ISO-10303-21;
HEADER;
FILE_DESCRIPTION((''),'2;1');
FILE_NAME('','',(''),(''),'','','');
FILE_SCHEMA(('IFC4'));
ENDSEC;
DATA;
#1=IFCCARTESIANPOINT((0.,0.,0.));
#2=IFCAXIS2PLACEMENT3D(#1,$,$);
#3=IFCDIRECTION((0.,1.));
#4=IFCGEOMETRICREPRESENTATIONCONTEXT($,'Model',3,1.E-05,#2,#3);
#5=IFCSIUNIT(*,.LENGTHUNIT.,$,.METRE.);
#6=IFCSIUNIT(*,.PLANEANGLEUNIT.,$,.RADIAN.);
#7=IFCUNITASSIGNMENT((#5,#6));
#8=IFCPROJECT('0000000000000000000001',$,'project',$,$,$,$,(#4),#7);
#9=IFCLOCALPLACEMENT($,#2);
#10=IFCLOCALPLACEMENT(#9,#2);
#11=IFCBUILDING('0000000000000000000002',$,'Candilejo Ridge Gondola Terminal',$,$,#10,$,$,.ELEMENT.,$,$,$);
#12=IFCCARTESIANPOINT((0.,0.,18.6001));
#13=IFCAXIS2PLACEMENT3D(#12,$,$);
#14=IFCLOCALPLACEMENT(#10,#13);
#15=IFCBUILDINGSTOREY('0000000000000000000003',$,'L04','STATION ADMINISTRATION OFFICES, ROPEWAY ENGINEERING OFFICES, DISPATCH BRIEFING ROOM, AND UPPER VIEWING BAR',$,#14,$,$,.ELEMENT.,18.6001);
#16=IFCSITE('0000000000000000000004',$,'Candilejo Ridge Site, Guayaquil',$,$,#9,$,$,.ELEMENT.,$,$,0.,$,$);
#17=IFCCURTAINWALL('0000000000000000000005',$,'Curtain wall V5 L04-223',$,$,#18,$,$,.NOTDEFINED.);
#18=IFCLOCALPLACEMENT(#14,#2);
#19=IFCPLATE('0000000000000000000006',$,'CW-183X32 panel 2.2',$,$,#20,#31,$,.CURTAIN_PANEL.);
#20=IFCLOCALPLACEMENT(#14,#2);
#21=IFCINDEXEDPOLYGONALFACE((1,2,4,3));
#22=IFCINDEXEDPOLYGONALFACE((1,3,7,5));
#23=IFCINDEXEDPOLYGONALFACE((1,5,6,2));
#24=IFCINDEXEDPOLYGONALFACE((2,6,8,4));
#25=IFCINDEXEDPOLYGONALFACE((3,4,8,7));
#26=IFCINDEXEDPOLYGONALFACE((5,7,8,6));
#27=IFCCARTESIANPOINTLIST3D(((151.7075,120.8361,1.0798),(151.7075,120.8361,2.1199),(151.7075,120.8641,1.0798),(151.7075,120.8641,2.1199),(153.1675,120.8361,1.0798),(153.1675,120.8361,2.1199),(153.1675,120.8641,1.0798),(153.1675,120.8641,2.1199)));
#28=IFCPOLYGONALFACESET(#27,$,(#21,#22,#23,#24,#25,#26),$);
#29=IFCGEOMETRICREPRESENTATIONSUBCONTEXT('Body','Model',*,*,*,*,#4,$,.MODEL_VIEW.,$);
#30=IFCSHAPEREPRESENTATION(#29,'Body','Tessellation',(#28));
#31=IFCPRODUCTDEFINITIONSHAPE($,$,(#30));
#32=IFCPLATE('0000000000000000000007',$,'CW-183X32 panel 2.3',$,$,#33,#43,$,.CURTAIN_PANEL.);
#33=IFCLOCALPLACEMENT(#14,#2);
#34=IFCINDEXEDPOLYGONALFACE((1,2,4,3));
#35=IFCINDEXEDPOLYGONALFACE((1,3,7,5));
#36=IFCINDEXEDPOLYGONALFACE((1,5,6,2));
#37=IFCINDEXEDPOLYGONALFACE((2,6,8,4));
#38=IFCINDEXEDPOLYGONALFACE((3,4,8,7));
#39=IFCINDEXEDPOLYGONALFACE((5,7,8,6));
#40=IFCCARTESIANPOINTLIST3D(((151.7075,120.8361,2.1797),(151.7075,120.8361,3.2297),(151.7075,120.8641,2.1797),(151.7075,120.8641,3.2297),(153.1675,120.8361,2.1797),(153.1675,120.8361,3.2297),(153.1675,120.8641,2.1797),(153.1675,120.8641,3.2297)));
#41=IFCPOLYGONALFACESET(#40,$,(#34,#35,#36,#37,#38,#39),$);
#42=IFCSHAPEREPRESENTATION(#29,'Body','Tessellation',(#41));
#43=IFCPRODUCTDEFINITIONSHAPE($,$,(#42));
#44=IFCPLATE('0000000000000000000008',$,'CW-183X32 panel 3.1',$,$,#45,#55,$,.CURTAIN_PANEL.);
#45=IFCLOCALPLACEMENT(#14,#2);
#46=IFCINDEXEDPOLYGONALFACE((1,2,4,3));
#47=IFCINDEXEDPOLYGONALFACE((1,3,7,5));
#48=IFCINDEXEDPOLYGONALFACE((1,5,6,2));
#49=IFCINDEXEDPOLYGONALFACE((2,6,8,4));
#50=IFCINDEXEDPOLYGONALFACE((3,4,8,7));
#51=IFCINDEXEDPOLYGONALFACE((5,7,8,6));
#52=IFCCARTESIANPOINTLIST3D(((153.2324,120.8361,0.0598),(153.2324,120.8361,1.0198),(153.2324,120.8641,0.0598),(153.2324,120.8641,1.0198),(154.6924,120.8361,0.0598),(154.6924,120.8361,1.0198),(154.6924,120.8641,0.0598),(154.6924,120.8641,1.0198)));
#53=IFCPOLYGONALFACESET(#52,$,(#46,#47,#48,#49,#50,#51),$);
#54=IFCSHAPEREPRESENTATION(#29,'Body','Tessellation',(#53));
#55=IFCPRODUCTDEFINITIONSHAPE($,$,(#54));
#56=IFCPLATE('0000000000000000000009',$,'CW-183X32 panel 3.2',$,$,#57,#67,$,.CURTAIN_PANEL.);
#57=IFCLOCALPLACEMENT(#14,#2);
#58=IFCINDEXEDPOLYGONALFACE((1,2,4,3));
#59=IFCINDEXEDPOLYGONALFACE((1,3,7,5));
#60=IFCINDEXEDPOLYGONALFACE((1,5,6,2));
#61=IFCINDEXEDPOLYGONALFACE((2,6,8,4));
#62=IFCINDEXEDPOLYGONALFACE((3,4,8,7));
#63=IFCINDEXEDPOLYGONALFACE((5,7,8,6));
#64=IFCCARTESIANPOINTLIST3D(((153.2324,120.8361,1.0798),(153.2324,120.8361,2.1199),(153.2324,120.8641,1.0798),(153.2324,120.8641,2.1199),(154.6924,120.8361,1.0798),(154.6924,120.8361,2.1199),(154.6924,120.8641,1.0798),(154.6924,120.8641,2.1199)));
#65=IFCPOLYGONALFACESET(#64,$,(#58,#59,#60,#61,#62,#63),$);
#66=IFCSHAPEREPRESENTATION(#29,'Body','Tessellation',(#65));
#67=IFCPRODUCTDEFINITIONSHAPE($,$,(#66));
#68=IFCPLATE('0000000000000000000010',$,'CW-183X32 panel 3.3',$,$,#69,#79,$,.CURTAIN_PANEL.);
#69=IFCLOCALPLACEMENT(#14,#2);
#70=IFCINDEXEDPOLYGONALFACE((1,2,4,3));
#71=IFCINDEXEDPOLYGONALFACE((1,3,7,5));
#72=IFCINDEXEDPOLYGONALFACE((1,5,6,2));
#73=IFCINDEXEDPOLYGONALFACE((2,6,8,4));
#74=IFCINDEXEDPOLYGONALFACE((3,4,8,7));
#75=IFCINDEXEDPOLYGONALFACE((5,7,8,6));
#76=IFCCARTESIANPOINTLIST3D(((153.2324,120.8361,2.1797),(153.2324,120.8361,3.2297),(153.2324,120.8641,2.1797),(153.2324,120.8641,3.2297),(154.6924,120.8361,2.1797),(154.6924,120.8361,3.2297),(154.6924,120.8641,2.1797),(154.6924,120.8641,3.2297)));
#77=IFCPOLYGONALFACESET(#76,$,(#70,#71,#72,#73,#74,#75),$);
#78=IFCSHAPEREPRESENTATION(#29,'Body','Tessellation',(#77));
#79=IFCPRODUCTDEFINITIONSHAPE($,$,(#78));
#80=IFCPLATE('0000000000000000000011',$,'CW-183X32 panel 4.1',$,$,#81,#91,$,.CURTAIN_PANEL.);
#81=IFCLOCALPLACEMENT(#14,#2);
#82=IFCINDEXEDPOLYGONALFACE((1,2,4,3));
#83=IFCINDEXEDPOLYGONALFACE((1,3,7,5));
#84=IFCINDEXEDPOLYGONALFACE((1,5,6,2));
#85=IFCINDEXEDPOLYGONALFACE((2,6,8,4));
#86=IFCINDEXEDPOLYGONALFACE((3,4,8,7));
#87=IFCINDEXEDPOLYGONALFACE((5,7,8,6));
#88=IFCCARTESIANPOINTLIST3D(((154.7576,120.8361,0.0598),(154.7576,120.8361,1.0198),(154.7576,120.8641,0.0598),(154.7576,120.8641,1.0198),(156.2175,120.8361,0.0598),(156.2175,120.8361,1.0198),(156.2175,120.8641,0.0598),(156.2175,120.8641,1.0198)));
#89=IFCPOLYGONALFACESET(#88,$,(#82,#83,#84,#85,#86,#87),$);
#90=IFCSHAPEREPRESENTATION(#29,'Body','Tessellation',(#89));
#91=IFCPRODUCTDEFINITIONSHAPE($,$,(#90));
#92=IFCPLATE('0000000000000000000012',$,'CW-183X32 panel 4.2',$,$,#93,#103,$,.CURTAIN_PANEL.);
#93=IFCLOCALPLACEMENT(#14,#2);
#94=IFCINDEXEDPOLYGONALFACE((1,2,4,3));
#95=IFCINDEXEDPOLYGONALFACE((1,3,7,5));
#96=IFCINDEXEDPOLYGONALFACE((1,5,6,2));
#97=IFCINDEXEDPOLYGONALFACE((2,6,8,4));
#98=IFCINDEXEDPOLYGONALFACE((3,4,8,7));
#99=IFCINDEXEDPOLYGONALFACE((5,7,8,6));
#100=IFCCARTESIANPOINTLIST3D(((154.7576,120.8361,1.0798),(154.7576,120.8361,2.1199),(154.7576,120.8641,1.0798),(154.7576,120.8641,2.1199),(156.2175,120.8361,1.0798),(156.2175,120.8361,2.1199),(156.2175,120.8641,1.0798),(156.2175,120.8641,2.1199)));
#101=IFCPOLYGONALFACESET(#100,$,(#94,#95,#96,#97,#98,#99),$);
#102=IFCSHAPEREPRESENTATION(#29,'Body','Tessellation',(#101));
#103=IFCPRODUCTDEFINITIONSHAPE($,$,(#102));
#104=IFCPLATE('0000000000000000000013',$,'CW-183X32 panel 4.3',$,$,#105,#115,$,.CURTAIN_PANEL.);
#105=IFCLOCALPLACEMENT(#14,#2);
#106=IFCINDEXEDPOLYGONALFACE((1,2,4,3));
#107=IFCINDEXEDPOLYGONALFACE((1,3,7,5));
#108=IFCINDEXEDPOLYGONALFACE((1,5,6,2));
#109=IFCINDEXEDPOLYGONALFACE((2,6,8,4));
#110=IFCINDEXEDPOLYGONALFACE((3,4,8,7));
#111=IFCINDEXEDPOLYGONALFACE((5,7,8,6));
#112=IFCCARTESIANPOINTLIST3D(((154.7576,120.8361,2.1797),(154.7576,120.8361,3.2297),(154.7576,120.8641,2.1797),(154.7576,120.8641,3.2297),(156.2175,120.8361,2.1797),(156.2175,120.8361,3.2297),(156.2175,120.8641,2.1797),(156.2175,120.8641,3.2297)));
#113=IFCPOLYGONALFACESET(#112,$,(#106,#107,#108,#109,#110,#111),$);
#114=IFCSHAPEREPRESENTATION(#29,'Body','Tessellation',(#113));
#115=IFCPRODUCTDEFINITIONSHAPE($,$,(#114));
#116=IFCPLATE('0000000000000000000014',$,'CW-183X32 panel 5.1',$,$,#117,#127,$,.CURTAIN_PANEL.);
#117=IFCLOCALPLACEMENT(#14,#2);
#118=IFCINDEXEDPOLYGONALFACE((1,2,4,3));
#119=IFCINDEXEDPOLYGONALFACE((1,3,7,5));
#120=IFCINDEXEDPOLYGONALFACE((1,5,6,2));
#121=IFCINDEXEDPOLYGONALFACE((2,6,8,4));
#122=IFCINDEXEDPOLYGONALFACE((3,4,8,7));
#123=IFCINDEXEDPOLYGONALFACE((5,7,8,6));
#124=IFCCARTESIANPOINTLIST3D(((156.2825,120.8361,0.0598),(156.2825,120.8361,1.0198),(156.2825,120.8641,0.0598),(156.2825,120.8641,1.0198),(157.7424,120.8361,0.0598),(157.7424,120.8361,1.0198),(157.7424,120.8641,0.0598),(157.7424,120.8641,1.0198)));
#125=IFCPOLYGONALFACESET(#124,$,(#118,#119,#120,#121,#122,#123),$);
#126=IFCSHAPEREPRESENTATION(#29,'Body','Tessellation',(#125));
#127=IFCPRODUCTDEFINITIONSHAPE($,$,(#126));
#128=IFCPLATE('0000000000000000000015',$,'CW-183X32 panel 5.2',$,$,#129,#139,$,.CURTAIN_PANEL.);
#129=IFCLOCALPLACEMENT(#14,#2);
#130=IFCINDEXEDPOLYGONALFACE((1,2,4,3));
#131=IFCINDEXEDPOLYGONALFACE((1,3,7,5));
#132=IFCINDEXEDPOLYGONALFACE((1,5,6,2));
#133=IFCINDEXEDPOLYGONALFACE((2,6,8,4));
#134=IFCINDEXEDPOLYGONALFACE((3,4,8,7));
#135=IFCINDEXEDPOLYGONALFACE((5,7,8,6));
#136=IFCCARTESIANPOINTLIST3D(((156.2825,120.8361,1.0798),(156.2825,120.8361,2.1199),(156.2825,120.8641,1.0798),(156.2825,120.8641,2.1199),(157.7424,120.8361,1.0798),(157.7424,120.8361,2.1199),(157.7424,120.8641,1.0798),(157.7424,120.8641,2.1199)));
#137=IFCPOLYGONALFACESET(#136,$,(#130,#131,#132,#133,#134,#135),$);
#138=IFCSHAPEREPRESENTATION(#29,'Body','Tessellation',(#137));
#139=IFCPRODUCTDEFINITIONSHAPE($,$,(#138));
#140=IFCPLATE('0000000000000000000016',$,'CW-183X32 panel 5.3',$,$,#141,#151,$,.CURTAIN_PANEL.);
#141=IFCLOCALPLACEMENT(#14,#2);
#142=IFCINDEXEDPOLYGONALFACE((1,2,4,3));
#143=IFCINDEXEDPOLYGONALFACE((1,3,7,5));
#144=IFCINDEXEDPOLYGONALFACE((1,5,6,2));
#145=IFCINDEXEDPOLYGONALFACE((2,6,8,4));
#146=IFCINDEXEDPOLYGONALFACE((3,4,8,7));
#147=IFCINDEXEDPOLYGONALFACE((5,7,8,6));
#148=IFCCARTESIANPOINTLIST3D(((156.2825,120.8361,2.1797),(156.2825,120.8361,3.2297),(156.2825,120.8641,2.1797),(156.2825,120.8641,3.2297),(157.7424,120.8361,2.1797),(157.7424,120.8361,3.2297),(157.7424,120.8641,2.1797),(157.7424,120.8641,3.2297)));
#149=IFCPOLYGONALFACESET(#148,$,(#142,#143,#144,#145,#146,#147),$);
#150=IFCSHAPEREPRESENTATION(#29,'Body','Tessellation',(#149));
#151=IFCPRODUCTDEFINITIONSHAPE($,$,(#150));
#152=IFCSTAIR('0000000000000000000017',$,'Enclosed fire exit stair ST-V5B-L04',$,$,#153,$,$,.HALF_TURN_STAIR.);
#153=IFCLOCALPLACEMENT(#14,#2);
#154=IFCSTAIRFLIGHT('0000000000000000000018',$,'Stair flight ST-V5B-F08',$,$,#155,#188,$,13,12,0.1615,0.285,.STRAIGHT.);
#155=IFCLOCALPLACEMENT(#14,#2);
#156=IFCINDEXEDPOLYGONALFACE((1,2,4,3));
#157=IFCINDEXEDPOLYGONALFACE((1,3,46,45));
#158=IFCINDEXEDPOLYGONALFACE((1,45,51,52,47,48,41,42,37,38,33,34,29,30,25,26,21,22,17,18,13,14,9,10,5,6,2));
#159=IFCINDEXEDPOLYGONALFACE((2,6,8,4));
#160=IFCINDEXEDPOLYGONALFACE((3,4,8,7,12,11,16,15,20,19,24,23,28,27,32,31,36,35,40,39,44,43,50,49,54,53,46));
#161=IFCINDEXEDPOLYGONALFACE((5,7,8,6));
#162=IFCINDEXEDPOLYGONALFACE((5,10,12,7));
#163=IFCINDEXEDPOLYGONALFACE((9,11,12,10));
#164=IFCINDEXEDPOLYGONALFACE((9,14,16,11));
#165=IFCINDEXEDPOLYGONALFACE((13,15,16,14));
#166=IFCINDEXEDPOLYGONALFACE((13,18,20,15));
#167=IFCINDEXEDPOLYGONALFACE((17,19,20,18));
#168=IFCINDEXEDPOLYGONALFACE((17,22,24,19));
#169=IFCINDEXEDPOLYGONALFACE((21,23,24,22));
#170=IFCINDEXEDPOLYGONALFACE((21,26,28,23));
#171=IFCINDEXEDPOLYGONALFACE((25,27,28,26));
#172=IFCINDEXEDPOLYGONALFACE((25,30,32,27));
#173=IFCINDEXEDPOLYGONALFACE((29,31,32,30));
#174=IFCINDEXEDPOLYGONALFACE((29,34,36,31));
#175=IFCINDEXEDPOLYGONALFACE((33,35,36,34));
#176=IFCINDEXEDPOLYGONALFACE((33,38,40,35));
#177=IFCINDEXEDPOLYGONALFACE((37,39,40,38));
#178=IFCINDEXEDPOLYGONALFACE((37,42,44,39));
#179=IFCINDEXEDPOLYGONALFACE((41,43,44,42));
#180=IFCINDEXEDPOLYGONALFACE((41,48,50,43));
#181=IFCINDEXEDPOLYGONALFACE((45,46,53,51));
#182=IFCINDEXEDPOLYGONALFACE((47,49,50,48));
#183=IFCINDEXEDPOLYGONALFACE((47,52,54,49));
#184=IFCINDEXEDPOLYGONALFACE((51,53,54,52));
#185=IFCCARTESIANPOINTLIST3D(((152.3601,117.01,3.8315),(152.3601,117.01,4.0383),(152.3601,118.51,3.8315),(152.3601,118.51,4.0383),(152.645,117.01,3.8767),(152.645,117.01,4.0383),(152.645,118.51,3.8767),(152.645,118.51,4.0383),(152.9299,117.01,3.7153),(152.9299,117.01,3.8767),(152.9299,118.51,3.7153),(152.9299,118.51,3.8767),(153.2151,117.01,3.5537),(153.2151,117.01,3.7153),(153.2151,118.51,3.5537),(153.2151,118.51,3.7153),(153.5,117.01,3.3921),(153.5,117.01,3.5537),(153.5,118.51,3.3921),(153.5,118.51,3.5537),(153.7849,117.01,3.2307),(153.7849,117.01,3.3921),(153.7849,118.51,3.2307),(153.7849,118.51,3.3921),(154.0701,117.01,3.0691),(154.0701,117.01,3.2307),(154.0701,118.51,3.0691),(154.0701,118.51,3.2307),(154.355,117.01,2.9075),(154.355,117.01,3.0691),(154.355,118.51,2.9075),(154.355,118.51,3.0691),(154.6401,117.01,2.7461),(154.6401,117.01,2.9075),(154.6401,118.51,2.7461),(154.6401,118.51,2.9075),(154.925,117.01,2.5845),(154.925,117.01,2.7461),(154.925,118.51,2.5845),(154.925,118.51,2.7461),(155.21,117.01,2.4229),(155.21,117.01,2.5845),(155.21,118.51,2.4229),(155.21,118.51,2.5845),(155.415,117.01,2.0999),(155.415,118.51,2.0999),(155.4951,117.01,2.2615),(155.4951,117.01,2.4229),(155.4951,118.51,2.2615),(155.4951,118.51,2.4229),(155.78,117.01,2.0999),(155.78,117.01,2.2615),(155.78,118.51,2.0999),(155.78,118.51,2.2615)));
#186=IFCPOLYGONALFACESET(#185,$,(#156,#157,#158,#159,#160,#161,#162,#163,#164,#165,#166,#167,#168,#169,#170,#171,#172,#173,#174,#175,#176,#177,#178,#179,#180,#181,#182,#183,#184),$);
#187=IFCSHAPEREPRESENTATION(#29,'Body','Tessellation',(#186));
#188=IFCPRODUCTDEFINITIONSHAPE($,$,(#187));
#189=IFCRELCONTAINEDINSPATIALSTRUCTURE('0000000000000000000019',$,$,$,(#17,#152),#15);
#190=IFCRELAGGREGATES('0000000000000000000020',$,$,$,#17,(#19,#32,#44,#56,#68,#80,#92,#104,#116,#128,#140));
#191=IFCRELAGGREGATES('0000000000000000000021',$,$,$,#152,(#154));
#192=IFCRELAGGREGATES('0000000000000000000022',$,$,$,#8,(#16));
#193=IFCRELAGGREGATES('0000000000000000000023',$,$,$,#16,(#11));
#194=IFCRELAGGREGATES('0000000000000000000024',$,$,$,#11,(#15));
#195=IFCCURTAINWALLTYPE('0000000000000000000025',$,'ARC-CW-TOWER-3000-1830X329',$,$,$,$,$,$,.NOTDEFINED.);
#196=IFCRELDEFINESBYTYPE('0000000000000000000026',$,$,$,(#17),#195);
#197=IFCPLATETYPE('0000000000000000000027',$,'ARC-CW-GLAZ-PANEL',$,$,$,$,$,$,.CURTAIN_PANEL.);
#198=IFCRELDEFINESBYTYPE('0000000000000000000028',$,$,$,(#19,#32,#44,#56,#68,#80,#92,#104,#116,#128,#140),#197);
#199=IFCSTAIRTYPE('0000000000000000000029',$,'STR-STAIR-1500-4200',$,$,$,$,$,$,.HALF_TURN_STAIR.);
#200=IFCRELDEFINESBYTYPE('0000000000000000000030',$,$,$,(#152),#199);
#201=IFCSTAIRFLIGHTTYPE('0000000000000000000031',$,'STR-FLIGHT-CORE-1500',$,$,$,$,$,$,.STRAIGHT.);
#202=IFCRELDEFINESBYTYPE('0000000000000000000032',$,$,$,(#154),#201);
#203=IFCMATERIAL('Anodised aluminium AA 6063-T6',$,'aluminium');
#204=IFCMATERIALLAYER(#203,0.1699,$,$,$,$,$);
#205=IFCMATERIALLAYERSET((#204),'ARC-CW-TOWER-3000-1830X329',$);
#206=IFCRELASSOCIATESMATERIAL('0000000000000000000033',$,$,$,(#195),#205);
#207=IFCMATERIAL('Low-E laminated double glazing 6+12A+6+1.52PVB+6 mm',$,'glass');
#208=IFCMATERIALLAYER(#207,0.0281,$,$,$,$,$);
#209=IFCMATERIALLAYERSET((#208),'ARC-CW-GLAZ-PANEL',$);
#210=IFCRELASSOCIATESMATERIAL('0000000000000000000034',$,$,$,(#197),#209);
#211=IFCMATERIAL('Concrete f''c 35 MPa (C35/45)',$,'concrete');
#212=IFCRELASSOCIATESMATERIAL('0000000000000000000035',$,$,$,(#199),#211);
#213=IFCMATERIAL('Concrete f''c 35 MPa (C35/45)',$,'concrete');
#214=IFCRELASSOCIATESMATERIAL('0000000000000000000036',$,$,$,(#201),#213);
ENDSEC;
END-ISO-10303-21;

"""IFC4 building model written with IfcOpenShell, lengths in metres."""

from ifc_helpers import new_model, si_unit, direction, frame, origin, origin_2d, place, context, subcontext, project, spatial, polyline, rectangle, outline, extrude, material, layer, layer_set, type_object, element, aggregate, save


model = new_model("IFC4")

# Units and contexts
model_context = context("Model", 3, precision=1e-05, world=origin(), true_north=direction((0.0, 1.0)))
body_context = subcontext(model_context, "Body", "Model", "MODEL_VIEW")
ifc_project = project(units=[si_unit("LENGTHUNIT", "METRE"), si_unit("PLANEANGLEUNIT", "RADIAN")], contexts=[model_context])

# Site, building, storey
site_placement = place(None, origin())
site = spatial("IfcSite", under=ifc_project, at=site_placement, Name="Candilejo Ridge Site, Guayaquil", CompositionType="ELEMENT", RefElevation=0.0)
building_placement = place(site_placement, origin())
building = spatial("IfcBuilding", under=site, at=building_placement, Name="Candilejo Ridge Gondola Terminal", CompositionType="ELEMENT")
storey_placement = place(building_placement, frame((0.0, 0.0, 18.6001)))
storey = spatial("IfcBuildingStorey", under=building, at=storey_placement, Name="L04", Description="STATION ADMINISTRATION OFFICES, ROPEWAY ENGINEERING OFFICES, DISPATCH BRIEFING ROOM, AND UPPER VIEWING BAR", CompositionType="ELEMENT", Elevation=18.6001)

# Curtain wall, plates
ifc_material_1 = material(Name="Anodised aluminium AA 6063-T6", Category="aluminium")
ifc_layer_1 = layer(ifc_material_1, 0.1699)
ifc_layer_set_1 = layer_set([ifc_layer_1], Name="ARC-CW-TOWER-3000-1830X329")
curtain_wall_type = type_object("IfcCurtainWallType", Name="ARC-CW-TOWER-3000-1830X329", PredefinedType="NOTDEFINED", material=ifc_layer_set_1)
curtain_wall_placement = place(storey_placement, origin())
curtain_wall = element("IfcCurtainWall", 1, at=curtain_wall_placement, inside=storey, type_object=curtain_wall_type, Name="Curtain wall V5 L04-223", PredefinedType="NOTDEFINED")
ifc_material_2 = material(Name="Low-E laminated double glazing 6+12A+6+1.52PVB+6 mm", Category="glass")
ifc_layer_2 = layer(ifc_material_2, 0.0281)
ifc_layer_set_2 = layer_set([ifc_layer_2], Name="ARC-CW-GLAZ-PANEL")
plate_type = type_object("IfcPlateType", Name="ARC-CW-GLAZ-PANEL", PredefinedType="CURTAIN_PANEL", material=ifc_layer_set_2)
plate_1_placement = place(storey_placement, frame((152.4375, 120.8501, 1.0798), z_axis=(0.0, 0.0, 1.0), x_axis=(1.0, 0.0, 0.0)))
plate_1 = element("IfcPlate", 2, at=plate_1_placement, type_object=plate_type, Name="CW-183X32 panel 2.2", PredefinedType="CURTAIN_PANEL", context=body_context, shape_type="SweptSolid", body=[
    extrude(rectangle(XDim=1.46, YDim=0.0281, at=origin_2d()), origin(), (0.0, 0.0, 1.0), 1.04),
])
plate_2_placement = place(storey_placement, frame((152.4375, 120.8501, 2.1797), z_axis=(0.0, 0.0, 1.0), x_axis=(1.0, 0.0, 0.0)))
plate_2 = element("IfcPlate", 3, at=plate_2_placement, type_object=plate_type, Name="CW-183X32 panel 2.3", PredefinedType="CURTAIN_PANEL", context=body_context, shape_type="SweptSolid", body=[
    extrude(rectangle(XDim=1.46, YDim=0.0281, at=origin_2d()), origin(), (0.0, 0.0, 1.0), 1.05),
])
plate_3_placement = place(storey_placement, frame((153.9624, 120.8501, 0.0598), z_axis=(0.0, 0.0, 1.0), x_axis=(1.0, 0.0, 0.0)))
plate_3 = element("IfcPlate", 4, at=plate_3_placement, type_object=plate_type, Name="CW-183X32 panel 3.1", PredefinedType="CURTAIN_PANEL", context=body_context, shape_type="SweptSolid", body=[
    extrude(rectangle(XDim=1.46, YDim=0.0281, at=origin_2d()), origin(), (0.0, 0.0, 1.0), 0.96),
])
plate_4_placement = place(storey_placement, frame((153.9624, 120.8501, 1.0798), z_axis=(0.0, 0.0, 1.0), x_axis=(1.0, 0.0, 0.0)))
plate_4 = element("IfcPlate", 5, at=plate_4_placement, type_object=plate_type, Name="CW-183X32 panel 3.2", PredefinedType="CURTAIN_PANEL", context=body_context, shape_type="SweptSolid", body=[
    extrude(rectangle(XDim=1.46, YDim=0.0281, at=origin_2d()), origin(), (0.0, 0.0, 1.0), 1.04),
])
plate_5_placement = place(storey_placement, frame((153.9624, 120.8501, 2.1797), z_axis=(0.0, 0.0, 1.0), x_axis=(1.0, 0.0, 0.0)))
plate_5 = element("IfcPlate", 6, at=plate_5_placement, type_object=plate_type, Name="CW-183X32 panel 3.3", PredefinedType="CURTAIN_PANEL", context=body_context, shape_type="SweptSolid", body=[
    extrude(rectangle(XDim=1.46, YDim=0.0281, at=origin_2d()), origin(), (0.0, 0.0, 1.0), 1.05),
])
plate_6_placement = place(storey_placement, frame((155.4875, 120.8501, 0.0598), z_axis=(0.0, 0.0, 1.0), x_axis=(1.0, 0.0, 0.0)))
plate_6 = element("IfcPlate", 7, at=plate_6_placement, type_object=plate_type, Name="CW-183X32 panel 4.1", PredefinedType="CURTAIN_PANEL", context=body_context, shape_type="SweptSolid", body=[
    extrude(rectangle(XDim=1.46, YDim=0.0281, at=origin_2d()), origin(), (0.0, 0.0, 1.0), 0.96),
])
plate_7_placement = place(storey_placement, frame((155.4875, 120.8501, 1.0798), z_axis=(0.0, 0.0, 1.0), x_axis=(1.0, 0.0, 0.0)))
plate_7 = element("IfcPlate", 8, at=plate_7_placement, type_object=plate_type, Name="CW-183X32 panel 4.2", PredefinedType="CURTAIN_PANEL", context=body_context, shape_type="SweptSolid", body=[
    extrude(rectangle(XDim=1.46, YDim=0.0281, at=origin_2d()), origin(), (0.0, 0.0, 1.0), 1.04),
])
plate_8_placement = place(storey_placement, frame((155.4875, 120.8501, 2.1797), z_axis=(0.0, 0.0, 1.0), x_axis=(1.0, 0.0, 0.0)))
plate_8 = element("IfcPlate", 9, at=plate_8_placement, type_object=plate_type, Name="CW-183X32 panel 4.3", PredefinedType="CURTAIN_PANEL", context=body_context, shape_type="SweptSolid", body=[
    extrude(rectangle(XDim=1.46, YDim=0.0281, at=origin_2d()), origin(), (0.0, 0.0, 1.0), 1.05),
])
plate_9_placement = place(storey_placement, frame((157.0125, 120.8501, 0.0598), z_axis=(0.0, 0.0, 1.0), x_axis=(1.0, 0.0, 0.0)))
plate_9 = element("IfcPlate", 10, at=plate_9_placement, type_object=plate_type, Name="CW-183X32 panel 5.1", PredefinedType="CURTAIN_PANEL", context=body_context, shape_type="SweptSolid", body=[
    extrude(rectangle(XDim=1.46, YDim=0.0281, at=origin_2d()), origin(), (0.0, 0.0, 1.0), 0.96),
])
plate_10_placement = place(storey_placement, frame((157.0125, 120.8501, 1.0798), z_axis=(0.0, 0.0, 1.0), x_axis=(1.0, 0.0, 0.0)))
plate_10 = element("IfcPlate", 11, at=plate_10_placement, type_object=plate_type, Name="CW-183X32 panel 5.2", PredefinedType="CURTAIN_PANEL", context=body_context, shape_type="SweptSolid", body=[
    extrude(rectangle(XDim=1.46, YDim=0.0281, at=origin_2d()), origin(), (0.0, 0.0, 1.0), 1.04),
])
plate_11_placement = place(storey_placement, frame((157.0125, 120.8501, 2.1797), z_axis=(0.0, 0.0, 1.0), x_axis=(1.0, 0.0, 0.0)))
plate_11 = element("IfcPlate", 12, at=plate_11_placement, type_object=plate_type, Name="CW-183X32 panel 5.3", PredefinedType="CURTAIN_PANEL", context=body_context, shape_type="SweptSolid", body=[
    extrude(rectangle(XDim=1.46, YDim=0.0281, at=origin_2d()), origin(), (0.0, 0.0, 1.0), 1.05),
])
aggregate(curtain_wall, [plate_1, plate_2, plate_3, plate_4, plate_5, plate_6, plate_7, plate_8, plate_9, plate_10, plate_11])

# Stair, stair flight
ifc_material_3 = material(Name="Concrete f'c 35 MPa (C35/45)", Category="concrete")
stair_type = type_object("IfcStairType", Name="STR-STAIR-1500-4200", PredefinedType="HALF_TURN_STAIR", material=ifc_material_3)
stair_placement = place(storey_placement, origin())
stair = element("IfcStair", 13, at=stair_placement, inside=storey, type_object=stair_type, Name="Enclosed fire exit stair ST-V5B-L04", PredefinedType="HALF_TURN_STAIR")
ifc_material_4 = material(Name="Concrete f'c 35 MPa (C35/45)", Category="concrete")
stair_flight_type = type_object("IfcStairFlightType", Name="STR-FLIGHT-CORE-1500", PredefinedType="STRAIGHT", material=ifc_material_4)
stair_flight_placement = place(storey_placement, frame((155.78, 117.76, 2.0999), z_axis=(0.0, 0.0, 1.0), x_axis=(-1.0, 0.0, 0.0)))
stair_flight = element("IfcStairFlight", 14, at=stair_flight_placement, type_object=stair_flight_type, Name="Stair flight ST-V5B-F08", NumberOfRisers=13, NumberOfTreads=12, PredefinedType="STRAIGHT", RiserHeight=0.1615, TreadLength=0.285, context=body_context, shape_type="SweptSolid", body=[
    extrude(outline(polyline([(0.0, 0.0), (0.0, 0.1616), (0.2849, 0.1616), (0.2849, 0.323), (0.5701, 0.323), (0.5701, 0.4846), (0.855, 0.4846), (0.855, 0.6462), (1.1399, 0.6462), (1.1399, 0.8076), (1.425, 0.8076), (1.425, 0.9692), (1.71, 0.9692), (1.71, 1.1309), (1.9951, 1.1309), (1.9951, 1.2922), (2.28, 1.2922), (2.28, 1.4539), (2.5649, 1.4539), (2.5649, 1.6155), (2.8501, 1.6155), (2.8501, 1.7769), (3.135, 1.7769), (3.135, 1.9385), (3.4199, 1.9385), (3.4199, 2.1001), (3.4199, 1.7317), (0.365, 0.0), (0.0, 0.0)])), frame((0.0, 0.75, 0.0), z_axis=(0.0, -1.0, 0.0), x_axis=(1.0, 0.0, 0.0)), (0.0, 0.0, 1.0), 1.5),
])
aggregate(stair, [stair_flight])

save(model, "model.ifc")
